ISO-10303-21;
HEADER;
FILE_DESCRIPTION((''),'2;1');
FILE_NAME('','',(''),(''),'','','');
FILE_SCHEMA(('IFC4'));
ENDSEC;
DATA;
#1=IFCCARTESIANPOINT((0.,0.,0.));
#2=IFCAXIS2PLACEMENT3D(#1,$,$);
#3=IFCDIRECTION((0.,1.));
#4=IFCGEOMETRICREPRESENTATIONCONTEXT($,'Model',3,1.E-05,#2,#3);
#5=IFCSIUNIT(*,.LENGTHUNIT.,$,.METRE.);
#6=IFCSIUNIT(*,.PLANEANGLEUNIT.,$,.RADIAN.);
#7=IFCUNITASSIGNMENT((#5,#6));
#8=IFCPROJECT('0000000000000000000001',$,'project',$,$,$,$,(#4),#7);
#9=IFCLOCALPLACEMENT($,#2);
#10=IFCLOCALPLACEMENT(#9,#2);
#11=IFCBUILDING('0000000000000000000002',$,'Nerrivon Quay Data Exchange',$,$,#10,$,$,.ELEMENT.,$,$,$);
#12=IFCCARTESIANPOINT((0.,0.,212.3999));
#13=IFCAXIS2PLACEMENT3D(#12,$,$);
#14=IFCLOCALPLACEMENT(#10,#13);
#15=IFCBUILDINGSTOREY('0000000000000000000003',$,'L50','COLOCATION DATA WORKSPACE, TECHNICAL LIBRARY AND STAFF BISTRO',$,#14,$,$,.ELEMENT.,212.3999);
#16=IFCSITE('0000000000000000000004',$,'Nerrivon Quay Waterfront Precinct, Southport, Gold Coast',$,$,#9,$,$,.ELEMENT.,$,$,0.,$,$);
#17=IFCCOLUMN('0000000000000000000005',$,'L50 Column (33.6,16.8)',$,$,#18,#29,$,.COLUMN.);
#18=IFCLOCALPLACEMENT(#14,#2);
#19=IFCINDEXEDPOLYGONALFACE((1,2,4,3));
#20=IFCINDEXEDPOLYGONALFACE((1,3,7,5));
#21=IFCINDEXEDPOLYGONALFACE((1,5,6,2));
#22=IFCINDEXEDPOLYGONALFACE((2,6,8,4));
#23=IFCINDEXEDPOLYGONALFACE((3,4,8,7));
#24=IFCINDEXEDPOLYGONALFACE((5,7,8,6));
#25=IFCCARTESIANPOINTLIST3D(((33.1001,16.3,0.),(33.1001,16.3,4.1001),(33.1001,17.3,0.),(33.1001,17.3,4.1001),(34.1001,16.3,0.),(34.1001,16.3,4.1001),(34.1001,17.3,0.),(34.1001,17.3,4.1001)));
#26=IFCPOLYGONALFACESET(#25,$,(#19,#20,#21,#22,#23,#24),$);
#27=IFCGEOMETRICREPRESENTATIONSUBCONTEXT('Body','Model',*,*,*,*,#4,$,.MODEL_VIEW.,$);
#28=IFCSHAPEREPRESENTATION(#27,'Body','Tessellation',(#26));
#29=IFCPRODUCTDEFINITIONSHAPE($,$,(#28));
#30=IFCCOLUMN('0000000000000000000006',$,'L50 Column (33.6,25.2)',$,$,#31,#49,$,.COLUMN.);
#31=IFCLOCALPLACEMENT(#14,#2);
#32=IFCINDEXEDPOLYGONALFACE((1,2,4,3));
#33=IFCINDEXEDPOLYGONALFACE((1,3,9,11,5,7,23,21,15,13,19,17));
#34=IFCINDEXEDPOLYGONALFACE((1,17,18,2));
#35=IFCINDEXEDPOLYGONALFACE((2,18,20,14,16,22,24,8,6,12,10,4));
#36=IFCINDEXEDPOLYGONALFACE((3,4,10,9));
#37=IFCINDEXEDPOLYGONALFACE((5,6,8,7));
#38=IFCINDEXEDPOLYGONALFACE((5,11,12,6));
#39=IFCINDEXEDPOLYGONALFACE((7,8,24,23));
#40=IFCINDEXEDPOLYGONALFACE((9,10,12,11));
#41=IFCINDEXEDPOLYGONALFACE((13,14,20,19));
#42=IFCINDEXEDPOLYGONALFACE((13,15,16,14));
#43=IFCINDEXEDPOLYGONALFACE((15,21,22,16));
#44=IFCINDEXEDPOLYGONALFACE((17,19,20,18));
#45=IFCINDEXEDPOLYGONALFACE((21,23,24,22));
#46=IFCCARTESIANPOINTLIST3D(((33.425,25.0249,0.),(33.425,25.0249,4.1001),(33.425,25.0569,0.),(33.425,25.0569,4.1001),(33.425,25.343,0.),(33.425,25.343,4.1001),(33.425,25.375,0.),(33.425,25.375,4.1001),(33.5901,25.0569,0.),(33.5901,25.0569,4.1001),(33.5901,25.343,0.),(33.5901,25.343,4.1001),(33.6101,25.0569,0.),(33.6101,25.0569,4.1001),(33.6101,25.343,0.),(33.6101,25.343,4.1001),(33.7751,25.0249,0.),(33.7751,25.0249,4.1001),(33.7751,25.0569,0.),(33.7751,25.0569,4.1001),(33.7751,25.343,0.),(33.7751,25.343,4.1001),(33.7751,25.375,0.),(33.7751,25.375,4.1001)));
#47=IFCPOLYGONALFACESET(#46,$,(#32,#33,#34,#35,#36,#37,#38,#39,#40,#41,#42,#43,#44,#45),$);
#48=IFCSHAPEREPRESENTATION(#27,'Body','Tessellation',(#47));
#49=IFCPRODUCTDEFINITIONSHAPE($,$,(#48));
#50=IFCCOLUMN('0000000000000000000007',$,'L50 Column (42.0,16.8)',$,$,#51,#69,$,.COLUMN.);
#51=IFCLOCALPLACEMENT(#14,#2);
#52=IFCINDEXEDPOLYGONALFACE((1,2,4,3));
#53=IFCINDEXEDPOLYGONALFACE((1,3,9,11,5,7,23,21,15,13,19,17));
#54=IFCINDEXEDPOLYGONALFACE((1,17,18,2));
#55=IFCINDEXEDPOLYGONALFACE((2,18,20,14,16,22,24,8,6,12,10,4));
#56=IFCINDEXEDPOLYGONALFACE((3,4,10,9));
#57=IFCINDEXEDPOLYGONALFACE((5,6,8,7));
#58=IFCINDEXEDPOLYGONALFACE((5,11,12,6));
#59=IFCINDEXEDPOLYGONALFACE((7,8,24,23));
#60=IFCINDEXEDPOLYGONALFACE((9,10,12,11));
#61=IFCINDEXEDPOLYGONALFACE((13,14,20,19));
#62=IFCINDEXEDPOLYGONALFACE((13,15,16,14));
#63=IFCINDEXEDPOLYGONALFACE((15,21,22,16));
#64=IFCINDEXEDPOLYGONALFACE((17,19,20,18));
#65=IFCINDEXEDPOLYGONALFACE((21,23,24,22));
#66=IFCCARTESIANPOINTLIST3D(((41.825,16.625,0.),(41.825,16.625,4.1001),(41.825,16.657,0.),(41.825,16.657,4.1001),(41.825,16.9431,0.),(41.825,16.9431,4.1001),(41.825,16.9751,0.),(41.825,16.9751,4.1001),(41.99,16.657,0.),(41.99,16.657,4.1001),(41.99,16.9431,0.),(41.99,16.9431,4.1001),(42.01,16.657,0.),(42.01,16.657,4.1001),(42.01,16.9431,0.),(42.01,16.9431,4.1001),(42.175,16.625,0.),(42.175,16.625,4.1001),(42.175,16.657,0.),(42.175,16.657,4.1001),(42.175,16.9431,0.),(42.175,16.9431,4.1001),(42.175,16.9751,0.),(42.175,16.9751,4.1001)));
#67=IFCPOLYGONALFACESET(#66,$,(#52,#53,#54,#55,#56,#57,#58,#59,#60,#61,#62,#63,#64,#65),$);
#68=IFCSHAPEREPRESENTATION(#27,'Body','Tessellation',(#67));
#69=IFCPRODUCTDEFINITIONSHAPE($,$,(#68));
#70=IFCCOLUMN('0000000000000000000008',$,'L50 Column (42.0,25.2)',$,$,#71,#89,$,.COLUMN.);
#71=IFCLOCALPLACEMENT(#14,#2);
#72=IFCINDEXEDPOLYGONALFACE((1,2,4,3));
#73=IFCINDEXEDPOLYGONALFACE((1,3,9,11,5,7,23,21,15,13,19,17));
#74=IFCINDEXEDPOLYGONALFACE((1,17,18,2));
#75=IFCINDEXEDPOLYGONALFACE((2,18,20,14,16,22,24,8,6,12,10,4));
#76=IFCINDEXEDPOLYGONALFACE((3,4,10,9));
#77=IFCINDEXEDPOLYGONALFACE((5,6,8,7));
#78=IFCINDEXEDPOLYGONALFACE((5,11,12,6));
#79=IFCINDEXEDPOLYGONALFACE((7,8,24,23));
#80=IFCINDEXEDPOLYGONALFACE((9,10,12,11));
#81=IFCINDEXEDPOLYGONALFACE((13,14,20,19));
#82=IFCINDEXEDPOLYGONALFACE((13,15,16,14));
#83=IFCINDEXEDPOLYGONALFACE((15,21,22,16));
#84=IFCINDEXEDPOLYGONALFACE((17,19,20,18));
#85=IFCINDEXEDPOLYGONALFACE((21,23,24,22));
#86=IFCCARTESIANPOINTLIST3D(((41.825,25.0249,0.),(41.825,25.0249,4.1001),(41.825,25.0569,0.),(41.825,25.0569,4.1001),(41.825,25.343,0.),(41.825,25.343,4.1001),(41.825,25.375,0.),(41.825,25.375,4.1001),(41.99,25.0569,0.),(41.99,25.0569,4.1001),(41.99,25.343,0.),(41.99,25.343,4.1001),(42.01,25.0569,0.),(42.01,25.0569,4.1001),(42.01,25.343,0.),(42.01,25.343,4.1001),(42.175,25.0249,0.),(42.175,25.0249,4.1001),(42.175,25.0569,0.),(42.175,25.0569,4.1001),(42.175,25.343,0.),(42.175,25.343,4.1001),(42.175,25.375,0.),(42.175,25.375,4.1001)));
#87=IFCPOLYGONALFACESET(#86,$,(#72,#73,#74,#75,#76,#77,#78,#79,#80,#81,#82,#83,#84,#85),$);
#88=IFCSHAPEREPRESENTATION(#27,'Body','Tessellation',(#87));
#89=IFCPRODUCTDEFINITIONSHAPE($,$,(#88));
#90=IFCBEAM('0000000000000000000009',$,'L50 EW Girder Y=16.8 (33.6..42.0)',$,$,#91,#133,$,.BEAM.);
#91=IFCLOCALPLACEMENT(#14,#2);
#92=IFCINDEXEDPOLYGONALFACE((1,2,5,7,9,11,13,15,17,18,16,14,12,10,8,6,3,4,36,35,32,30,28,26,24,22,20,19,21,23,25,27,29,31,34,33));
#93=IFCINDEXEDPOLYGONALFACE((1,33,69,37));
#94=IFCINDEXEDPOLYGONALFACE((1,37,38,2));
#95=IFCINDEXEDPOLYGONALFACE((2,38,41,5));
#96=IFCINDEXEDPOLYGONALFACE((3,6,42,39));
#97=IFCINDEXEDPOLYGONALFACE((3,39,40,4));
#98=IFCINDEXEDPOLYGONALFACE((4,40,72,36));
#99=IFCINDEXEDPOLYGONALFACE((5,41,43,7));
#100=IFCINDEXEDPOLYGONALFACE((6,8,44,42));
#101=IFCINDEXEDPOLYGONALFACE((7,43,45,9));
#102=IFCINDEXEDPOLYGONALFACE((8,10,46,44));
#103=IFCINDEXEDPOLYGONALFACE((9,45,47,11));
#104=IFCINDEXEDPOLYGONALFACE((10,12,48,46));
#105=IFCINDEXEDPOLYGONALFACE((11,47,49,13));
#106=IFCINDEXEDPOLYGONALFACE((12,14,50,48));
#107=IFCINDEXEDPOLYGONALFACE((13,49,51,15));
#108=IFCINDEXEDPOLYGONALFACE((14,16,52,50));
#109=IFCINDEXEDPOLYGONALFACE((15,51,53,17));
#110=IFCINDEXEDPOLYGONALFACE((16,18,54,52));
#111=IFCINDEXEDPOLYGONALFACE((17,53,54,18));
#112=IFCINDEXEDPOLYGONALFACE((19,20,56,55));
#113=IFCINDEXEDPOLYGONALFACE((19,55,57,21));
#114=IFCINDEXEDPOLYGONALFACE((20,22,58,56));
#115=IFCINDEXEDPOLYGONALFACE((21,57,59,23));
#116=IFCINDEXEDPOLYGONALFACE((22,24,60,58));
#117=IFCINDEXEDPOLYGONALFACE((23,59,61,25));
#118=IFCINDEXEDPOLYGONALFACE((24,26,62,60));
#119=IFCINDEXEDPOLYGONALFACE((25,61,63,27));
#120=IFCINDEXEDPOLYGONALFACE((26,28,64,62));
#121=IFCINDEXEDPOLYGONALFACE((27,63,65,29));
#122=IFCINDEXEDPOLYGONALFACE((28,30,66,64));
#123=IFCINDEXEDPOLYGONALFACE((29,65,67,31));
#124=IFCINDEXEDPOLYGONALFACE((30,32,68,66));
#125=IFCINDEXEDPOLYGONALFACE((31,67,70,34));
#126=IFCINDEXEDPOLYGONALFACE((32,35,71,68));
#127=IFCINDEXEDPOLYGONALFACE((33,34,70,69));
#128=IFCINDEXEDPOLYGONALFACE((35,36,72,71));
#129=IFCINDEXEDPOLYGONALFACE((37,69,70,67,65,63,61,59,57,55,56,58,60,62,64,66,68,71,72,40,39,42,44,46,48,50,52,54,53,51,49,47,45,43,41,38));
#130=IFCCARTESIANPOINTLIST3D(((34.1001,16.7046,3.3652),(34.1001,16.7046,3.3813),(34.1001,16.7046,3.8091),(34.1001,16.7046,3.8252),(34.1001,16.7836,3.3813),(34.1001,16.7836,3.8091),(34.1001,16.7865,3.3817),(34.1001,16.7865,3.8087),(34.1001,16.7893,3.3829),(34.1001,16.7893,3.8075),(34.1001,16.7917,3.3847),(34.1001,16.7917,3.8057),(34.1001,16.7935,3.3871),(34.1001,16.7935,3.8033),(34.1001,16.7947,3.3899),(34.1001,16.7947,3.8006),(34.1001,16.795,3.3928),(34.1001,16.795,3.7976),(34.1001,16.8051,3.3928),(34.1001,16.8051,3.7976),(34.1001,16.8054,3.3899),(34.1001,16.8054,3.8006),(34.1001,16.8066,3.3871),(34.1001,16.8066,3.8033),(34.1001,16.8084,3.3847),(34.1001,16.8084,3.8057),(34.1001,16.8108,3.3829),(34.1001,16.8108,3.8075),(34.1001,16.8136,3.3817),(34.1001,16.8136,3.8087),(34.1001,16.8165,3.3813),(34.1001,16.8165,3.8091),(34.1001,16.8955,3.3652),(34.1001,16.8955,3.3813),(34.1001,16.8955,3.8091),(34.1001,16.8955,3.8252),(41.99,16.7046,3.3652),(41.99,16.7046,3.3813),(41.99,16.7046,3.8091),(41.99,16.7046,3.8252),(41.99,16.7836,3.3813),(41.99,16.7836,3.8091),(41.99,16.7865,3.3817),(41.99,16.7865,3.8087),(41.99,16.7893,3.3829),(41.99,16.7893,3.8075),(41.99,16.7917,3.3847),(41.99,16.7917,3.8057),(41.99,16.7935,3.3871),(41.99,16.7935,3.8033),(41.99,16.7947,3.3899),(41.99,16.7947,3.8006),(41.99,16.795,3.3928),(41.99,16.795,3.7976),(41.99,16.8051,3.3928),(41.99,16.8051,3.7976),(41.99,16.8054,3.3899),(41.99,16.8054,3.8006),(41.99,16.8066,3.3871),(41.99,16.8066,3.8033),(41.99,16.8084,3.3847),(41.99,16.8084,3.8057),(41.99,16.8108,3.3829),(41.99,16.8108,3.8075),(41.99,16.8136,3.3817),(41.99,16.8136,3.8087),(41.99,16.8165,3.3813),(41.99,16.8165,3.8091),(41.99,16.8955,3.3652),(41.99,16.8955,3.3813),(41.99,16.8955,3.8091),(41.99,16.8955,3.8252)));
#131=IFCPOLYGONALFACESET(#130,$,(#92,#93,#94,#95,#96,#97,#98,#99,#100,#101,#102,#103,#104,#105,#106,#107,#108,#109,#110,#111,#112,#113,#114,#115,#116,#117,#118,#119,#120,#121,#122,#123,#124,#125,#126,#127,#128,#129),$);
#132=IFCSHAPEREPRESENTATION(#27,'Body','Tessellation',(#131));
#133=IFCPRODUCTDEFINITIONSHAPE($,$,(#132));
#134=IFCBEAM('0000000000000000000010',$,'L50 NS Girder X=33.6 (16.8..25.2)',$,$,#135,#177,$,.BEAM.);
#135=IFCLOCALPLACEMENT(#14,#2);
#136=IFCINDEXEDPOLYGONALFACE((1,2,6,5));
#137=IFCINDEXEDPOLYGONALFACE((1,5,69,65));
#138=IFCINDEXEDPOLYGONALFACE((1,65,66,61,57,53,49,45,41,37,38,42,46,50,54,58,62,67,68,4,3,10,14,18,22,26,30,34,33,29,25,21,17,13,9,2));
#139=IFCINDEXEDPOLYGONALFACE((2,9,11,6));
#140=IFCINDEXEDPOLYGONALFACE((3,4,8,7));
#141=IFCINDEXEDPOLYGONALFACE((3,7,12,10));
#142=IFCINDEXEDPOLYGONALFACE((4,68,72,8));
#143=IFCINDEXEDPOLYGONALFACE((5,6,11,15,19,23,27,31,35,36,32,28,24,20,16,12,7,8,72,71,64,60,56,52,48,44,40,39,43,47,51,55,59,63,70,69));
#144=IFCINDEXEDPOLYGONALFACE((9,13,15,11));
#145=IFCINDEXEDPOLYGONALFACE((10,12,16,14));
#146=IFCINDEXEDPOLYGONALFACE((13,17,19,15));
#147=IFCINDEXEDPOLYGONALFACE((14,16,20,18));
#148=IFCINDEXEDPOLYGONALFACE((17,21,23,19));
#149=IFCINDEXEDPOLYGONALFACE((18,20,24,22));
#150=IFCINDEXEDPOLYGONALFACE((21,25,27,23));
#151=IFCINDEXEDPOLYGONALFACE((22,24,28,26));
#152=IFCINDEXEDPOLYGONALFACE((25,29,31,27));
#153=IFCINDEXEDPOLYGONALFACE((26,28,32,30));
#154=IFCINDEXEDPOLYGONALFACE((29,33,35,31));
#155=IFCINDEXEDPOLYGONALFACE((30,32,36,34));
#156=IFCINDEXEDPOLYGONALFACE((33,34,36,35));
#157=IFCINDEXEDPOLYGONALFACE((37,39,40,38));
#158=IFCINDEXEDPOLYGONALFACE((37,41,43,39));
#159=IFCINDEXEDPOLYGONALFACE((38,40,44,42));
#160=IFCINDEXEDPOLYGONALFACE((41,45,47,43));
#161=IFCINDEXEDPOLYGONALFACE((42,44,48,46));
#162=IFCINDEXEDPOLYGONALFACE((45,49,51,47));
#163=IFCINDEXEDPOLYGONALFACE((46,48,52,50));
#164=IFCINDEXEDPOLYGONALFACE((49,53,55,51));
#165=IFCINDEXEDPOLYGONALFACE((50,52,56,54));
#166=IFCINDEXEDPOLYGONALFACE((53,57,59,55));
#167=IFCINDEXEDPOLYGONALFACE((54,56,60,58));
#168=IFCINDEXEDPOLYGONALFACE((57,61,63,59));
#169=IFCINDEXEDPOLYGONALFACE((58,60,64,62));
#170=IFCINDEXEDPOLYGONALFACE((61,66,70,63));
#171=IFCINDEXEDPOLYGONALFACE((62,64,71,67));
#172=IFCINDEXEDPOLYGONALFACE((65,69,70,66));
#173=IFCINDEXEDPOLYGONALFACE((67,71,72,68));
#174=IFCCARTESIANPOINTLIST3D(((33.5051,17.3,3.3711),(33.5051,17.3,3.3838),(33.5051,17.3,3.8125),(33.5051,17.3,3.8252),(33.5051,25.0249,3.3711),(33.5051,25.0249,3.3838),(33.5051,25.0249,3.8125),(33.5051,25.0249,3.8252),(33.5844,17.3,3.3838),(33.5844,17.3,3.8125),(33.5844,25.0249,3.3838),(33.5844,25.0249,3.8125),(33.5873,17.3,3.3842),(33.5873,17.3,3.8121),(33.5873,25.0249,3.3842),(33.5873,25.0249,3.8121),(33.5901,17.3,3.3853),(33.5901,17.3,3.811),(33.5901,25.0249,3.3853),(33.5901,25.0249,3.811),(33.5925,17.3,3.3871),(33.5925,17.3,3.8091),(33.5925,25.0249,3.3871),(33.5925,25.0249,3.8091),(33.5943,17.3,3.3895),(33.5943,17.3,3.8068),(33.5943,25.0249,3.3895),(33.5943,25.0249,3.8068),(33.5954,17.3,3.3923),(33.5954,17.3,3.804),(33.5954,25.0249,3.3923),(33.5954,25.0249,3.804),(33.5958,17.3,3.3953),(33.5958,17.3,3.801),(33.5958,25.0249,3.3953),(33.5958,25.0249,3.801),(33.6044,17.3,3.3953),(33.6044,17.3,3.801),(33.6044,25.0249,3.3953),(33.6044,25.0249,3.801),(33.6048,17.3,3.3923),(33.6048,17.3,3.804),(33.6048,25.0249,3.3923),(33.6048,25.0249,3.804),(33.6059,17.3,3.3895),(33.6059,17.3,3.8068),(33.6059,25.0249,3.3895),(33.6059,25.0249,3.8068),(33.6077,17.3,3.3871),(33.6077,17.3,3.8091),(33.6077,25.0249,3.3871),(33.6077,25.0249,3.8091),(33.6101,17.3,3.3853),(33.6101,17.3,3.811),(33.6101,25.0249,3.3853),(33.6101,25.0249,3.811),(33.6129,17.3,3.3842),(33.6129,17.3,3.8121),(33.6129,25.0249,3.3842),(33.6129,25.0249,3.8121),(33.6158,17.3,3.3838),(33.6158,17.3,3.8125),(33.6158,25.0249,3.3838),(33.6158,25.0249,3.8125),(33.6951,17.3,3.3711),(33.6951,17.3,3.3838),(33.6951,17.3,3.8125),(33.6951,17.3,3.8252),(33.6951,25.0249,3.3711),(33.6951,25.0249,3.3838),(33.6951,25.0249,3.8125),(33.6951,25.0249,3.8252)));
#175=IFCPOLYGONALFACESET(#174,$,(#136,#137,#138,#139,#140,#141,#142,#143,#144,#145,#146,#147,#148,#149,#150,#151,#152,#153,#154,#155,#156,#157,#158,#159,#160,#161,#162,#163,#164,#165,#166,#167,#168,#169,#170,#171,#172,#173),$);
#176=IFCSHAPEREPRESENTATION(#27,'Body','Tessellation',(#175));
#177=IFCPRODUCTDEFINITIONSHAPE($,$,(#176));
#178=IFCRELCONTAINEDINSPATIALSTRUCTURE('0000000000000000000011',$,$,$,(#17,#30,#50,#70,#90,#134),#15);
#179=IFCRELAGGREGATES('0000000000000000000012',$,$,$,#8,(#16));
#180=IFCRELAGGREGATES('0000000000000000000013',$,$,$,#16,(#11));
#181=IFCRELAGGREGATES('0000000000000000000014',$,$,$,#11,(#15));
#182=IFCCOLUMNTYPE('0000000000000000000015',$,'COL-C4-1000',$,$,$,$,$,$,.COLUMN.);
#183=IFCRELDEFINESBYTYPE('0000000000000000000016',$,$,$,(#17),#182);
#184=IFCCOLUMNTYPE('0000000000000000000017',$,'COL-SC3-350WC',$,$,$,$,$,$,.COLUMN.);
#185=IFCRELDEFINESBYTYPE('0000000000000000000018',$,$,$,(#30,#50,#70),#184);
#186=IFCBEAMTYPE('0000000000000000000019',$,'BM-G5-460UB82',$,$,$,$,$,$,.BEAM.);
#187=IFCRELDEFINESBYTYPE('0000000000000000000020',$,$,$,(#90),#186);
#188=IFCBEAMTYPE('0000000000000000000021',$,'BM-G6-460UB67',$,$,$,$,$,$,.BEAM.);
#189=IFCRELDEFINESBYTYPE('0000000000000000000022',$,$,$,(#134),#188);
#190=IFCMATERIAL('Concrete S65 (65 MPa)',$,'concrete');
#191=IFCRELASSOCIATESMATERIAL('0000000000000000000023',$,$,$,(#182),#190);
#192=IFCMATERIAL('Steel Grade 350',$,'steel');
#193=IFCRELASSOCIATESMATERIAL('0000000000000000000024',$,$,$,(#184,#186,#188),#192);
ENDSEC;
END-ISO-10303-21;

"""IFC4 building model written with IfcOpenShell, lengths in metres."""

from ifc_helpers import new_model, si_unit, direction, frame, origin, origin_2d, place, context, subcontext, project, spatial, rectangle, i_section, extrude, material, material_profile, profile_set, type_object, element, save


model = new_model("IFC4")

# Units and contexts
model_context = context("Model", 3, precision=1e-05, world=origin(), true_north=direction((0.0, 1.0)))
body_context = subcontext(model_context, "Body", "Model", "MODEL_VIEW")
ifc_project = project(units=[si_unit("LENGTHUNIT", "METRE"), si_unit("PLANEANGLEUNIT", "RADIAN")], contexts=[model_context])

# Site, building, storey
site_placement = place(None, origin())
site = spatial("IfcSite", under=ifc_project, at=site_placement, Name="Nerrivon Quay Waterfront Precinct, Southport, Gold Coast", CompositionType="ELEMENT", RefElevation=0.0)
building_placement = place(site_placement, origin())
building = spatial("IfcBuilding", under=site, at=building_placement, Name="Nerrivon Quay Data Exchange", CompositionType="ELEMENT")
storey_placement = place(building_placement, frame((0.0, 0.0, 212.3999)))
storey = spatial("IfcBuildingStorey", under=building, at=storey_placement, Name="L50", Description="COLOCATION DATA WORKSPACE, TECHNICAL LIBRARY AND STAFF BISTRO", CompositionType="ELEMENT", Elevation=212.3999)

# Columns
ifc_material_1 = material(Name="Concrete S65 (65 MPa)", Category="concrete")
ifc_material_profile_1 = material_profile(ifc_material_1, rectangle(XDim=1.0, YDim=1.0, at=origin_2d()), Name="RC-COL-1000x1000")
ifc_profile_set_1 = profile_set([ifc_material_profile_1], Name="Concrete S65 (65 MPa)")
column_type_1 = type_object("IfcColumnType", Name="COL-C4-1000", PredefinedType="COLUMN", material=ifc_profile_set_1)
column_placement = place(storey_placement, frame((33.6001, 16.8, 0.0), z_axis=(0.0, 0.0, 1.0), x_axis=(1.0, 0.0, 0.0)))
element("IfcColumn", 1, at=column_placement, inside=storey, type_object=column_type_1, Name="L50 Column (33.6,16.8)", PredefinedType="COLUMN", context=body_context, shape_type="SweptSolid", body=[
    extrude(rectangle(XDim=1.0, YDim=1.0, at=origin_2d()), origin(), (0.0, 0.0, 1.0), 4.1001),
])
ifc_material_2 = material(Name="Steel Grade 350", Category="steel")
ifc_material_profile_2 = material_profile(ifc_material_2, i_section(OverallWidth=0.3501, OverallDepth=0.3501, WebThickness=0.02, FlangeThickness=0.032, at=origin_2d()), Name="350WC230")
ifc_profile_set_2 = profile_set([ifc_material_profile_2], Name="Steel Grade 350")
column_type_2 = type_object("IfcColumnType", Name="COL-SC3-350WC", PredefinedType="COLUMN", material=ifc_profile_set_2)
for number, where, z_axis, x_axis, name in (
    (2, (33.6001, 25.2, 0.0), (0.0, 0.0, 1.0), (1.0, 0.0, 0.0), "L50 Column (33.6,25.2)"),
    (3, (42.0, 16.8, 0.0), (0.0, 0.0, 1.0), (1.0, 0.0, 0.0), "L50 Column (42.0,16.8)"),
    (4, (42.0, 25.2, 0.0), (0.0, 0.0, 1.0), (1.0, 0.0, 0.0), "L50 Column (42.0,25.2)"),
):
    element("IfcColumn", number, at=place(storey_placement, frame(where, z_axis=z_axis, x_axis=x_axis)), inside=storey, type_object=column_type_2, Name=name, PredefinedType="COLUMN", context=body_context, shape_type="SweptSolid", body=[
        extrude(i_section(OverallWidth=0.3501, OverallDepth=0.3501, WebThickness=0.02, FlangeThickness=0.032, at=origin_2d()), origin(), (0.0, 0.0, 1.0), 4.1001),
    ])

# Beams
ifc_material_profile_3 = material_profile(ifc_material_2, i_section(OverallWidth=0.1909, OverallDepth=0.46, WebThickness=0.01, FlangeThickness=0.0161, FilletRadius=0.0115, at=origin_2d()), Name="460UB82.1")
ifc_profile_set_3 = profile_set([ifc_material_profile_3], Name="Steel Grade 350")
beam_type_1 = type_object("IfcBeamType", Name="BM-G5-460UB82", PredefinedType="BEAM", material=ifc_profile_set_3)
beam_1_placement = place(storey_placement, frame((34.1001, 16.8, 3.5952), z_axis=(1.0, 0.0, 0.0), x_axis=(0.0, 1.0, 0.0)))
element("IfcBeam", 5, at=beam_1_placement, inside=storey, type_object=beam_type_1, Name="L50 EW Girder Y=16.8 (33.6..42.0)", PredefinedType="BEAM", context=body_context, shape_type="SweptSolid", body=[
    extrude(i_section(OverallWidth=0.1909, OverallDepth=0.46, WebThickness=0.01, FlangeThickness=0.0161, FilletRadius=0.0115, at=origin_2d()), origin(), (0.0, 0.0, 1.0), 7.8899),
])
ifc_material_profile_4 = material_profile(ifc_material_2, i_section(OverallWidth=0.1899, OverallDepth=0.4541, WebThickness=0.0085, FlangeThickness=0.0127, FilletRadius=0.0115, at=origin_2d()), Name="460UB67.1")
ifc_profile_set_4 = profile_set([ifc_material_profile_4], Name="Steel Grade 350")
beam_type_2 = type_object("IfcBeamType", Name="BM-G6-460UB67", PredefinedType="BEAM", material=ifc_profile_set_4)
beam_2_placement = place(storey_placement, frame((33.6001, 17.3, 3.5981), z_axis=(0.0, 1.0, 0.0), x_axis=(-1.0, 0.0, 0.0)))
element("IfcBeam", 6, at=beam_2_placement, inside=storey, type_object=beam_type_2, Name="L50 NS Girder X=33.6 (16.8..25.2)", PredefinedType="BEAM", context=body_context, shape_type="SweptSolid", body=[
    extrude(i_section(OverallWidth=0.1899, OverallDepth=0.4541, WebThickness=0.0085, FlangeThickness=0.0127, FilletRadius=0.0115, at=origin_2d()), origin(), (0.0, 0.0, 1.0), 7.7249),
])

save(model, "model.ifc")
